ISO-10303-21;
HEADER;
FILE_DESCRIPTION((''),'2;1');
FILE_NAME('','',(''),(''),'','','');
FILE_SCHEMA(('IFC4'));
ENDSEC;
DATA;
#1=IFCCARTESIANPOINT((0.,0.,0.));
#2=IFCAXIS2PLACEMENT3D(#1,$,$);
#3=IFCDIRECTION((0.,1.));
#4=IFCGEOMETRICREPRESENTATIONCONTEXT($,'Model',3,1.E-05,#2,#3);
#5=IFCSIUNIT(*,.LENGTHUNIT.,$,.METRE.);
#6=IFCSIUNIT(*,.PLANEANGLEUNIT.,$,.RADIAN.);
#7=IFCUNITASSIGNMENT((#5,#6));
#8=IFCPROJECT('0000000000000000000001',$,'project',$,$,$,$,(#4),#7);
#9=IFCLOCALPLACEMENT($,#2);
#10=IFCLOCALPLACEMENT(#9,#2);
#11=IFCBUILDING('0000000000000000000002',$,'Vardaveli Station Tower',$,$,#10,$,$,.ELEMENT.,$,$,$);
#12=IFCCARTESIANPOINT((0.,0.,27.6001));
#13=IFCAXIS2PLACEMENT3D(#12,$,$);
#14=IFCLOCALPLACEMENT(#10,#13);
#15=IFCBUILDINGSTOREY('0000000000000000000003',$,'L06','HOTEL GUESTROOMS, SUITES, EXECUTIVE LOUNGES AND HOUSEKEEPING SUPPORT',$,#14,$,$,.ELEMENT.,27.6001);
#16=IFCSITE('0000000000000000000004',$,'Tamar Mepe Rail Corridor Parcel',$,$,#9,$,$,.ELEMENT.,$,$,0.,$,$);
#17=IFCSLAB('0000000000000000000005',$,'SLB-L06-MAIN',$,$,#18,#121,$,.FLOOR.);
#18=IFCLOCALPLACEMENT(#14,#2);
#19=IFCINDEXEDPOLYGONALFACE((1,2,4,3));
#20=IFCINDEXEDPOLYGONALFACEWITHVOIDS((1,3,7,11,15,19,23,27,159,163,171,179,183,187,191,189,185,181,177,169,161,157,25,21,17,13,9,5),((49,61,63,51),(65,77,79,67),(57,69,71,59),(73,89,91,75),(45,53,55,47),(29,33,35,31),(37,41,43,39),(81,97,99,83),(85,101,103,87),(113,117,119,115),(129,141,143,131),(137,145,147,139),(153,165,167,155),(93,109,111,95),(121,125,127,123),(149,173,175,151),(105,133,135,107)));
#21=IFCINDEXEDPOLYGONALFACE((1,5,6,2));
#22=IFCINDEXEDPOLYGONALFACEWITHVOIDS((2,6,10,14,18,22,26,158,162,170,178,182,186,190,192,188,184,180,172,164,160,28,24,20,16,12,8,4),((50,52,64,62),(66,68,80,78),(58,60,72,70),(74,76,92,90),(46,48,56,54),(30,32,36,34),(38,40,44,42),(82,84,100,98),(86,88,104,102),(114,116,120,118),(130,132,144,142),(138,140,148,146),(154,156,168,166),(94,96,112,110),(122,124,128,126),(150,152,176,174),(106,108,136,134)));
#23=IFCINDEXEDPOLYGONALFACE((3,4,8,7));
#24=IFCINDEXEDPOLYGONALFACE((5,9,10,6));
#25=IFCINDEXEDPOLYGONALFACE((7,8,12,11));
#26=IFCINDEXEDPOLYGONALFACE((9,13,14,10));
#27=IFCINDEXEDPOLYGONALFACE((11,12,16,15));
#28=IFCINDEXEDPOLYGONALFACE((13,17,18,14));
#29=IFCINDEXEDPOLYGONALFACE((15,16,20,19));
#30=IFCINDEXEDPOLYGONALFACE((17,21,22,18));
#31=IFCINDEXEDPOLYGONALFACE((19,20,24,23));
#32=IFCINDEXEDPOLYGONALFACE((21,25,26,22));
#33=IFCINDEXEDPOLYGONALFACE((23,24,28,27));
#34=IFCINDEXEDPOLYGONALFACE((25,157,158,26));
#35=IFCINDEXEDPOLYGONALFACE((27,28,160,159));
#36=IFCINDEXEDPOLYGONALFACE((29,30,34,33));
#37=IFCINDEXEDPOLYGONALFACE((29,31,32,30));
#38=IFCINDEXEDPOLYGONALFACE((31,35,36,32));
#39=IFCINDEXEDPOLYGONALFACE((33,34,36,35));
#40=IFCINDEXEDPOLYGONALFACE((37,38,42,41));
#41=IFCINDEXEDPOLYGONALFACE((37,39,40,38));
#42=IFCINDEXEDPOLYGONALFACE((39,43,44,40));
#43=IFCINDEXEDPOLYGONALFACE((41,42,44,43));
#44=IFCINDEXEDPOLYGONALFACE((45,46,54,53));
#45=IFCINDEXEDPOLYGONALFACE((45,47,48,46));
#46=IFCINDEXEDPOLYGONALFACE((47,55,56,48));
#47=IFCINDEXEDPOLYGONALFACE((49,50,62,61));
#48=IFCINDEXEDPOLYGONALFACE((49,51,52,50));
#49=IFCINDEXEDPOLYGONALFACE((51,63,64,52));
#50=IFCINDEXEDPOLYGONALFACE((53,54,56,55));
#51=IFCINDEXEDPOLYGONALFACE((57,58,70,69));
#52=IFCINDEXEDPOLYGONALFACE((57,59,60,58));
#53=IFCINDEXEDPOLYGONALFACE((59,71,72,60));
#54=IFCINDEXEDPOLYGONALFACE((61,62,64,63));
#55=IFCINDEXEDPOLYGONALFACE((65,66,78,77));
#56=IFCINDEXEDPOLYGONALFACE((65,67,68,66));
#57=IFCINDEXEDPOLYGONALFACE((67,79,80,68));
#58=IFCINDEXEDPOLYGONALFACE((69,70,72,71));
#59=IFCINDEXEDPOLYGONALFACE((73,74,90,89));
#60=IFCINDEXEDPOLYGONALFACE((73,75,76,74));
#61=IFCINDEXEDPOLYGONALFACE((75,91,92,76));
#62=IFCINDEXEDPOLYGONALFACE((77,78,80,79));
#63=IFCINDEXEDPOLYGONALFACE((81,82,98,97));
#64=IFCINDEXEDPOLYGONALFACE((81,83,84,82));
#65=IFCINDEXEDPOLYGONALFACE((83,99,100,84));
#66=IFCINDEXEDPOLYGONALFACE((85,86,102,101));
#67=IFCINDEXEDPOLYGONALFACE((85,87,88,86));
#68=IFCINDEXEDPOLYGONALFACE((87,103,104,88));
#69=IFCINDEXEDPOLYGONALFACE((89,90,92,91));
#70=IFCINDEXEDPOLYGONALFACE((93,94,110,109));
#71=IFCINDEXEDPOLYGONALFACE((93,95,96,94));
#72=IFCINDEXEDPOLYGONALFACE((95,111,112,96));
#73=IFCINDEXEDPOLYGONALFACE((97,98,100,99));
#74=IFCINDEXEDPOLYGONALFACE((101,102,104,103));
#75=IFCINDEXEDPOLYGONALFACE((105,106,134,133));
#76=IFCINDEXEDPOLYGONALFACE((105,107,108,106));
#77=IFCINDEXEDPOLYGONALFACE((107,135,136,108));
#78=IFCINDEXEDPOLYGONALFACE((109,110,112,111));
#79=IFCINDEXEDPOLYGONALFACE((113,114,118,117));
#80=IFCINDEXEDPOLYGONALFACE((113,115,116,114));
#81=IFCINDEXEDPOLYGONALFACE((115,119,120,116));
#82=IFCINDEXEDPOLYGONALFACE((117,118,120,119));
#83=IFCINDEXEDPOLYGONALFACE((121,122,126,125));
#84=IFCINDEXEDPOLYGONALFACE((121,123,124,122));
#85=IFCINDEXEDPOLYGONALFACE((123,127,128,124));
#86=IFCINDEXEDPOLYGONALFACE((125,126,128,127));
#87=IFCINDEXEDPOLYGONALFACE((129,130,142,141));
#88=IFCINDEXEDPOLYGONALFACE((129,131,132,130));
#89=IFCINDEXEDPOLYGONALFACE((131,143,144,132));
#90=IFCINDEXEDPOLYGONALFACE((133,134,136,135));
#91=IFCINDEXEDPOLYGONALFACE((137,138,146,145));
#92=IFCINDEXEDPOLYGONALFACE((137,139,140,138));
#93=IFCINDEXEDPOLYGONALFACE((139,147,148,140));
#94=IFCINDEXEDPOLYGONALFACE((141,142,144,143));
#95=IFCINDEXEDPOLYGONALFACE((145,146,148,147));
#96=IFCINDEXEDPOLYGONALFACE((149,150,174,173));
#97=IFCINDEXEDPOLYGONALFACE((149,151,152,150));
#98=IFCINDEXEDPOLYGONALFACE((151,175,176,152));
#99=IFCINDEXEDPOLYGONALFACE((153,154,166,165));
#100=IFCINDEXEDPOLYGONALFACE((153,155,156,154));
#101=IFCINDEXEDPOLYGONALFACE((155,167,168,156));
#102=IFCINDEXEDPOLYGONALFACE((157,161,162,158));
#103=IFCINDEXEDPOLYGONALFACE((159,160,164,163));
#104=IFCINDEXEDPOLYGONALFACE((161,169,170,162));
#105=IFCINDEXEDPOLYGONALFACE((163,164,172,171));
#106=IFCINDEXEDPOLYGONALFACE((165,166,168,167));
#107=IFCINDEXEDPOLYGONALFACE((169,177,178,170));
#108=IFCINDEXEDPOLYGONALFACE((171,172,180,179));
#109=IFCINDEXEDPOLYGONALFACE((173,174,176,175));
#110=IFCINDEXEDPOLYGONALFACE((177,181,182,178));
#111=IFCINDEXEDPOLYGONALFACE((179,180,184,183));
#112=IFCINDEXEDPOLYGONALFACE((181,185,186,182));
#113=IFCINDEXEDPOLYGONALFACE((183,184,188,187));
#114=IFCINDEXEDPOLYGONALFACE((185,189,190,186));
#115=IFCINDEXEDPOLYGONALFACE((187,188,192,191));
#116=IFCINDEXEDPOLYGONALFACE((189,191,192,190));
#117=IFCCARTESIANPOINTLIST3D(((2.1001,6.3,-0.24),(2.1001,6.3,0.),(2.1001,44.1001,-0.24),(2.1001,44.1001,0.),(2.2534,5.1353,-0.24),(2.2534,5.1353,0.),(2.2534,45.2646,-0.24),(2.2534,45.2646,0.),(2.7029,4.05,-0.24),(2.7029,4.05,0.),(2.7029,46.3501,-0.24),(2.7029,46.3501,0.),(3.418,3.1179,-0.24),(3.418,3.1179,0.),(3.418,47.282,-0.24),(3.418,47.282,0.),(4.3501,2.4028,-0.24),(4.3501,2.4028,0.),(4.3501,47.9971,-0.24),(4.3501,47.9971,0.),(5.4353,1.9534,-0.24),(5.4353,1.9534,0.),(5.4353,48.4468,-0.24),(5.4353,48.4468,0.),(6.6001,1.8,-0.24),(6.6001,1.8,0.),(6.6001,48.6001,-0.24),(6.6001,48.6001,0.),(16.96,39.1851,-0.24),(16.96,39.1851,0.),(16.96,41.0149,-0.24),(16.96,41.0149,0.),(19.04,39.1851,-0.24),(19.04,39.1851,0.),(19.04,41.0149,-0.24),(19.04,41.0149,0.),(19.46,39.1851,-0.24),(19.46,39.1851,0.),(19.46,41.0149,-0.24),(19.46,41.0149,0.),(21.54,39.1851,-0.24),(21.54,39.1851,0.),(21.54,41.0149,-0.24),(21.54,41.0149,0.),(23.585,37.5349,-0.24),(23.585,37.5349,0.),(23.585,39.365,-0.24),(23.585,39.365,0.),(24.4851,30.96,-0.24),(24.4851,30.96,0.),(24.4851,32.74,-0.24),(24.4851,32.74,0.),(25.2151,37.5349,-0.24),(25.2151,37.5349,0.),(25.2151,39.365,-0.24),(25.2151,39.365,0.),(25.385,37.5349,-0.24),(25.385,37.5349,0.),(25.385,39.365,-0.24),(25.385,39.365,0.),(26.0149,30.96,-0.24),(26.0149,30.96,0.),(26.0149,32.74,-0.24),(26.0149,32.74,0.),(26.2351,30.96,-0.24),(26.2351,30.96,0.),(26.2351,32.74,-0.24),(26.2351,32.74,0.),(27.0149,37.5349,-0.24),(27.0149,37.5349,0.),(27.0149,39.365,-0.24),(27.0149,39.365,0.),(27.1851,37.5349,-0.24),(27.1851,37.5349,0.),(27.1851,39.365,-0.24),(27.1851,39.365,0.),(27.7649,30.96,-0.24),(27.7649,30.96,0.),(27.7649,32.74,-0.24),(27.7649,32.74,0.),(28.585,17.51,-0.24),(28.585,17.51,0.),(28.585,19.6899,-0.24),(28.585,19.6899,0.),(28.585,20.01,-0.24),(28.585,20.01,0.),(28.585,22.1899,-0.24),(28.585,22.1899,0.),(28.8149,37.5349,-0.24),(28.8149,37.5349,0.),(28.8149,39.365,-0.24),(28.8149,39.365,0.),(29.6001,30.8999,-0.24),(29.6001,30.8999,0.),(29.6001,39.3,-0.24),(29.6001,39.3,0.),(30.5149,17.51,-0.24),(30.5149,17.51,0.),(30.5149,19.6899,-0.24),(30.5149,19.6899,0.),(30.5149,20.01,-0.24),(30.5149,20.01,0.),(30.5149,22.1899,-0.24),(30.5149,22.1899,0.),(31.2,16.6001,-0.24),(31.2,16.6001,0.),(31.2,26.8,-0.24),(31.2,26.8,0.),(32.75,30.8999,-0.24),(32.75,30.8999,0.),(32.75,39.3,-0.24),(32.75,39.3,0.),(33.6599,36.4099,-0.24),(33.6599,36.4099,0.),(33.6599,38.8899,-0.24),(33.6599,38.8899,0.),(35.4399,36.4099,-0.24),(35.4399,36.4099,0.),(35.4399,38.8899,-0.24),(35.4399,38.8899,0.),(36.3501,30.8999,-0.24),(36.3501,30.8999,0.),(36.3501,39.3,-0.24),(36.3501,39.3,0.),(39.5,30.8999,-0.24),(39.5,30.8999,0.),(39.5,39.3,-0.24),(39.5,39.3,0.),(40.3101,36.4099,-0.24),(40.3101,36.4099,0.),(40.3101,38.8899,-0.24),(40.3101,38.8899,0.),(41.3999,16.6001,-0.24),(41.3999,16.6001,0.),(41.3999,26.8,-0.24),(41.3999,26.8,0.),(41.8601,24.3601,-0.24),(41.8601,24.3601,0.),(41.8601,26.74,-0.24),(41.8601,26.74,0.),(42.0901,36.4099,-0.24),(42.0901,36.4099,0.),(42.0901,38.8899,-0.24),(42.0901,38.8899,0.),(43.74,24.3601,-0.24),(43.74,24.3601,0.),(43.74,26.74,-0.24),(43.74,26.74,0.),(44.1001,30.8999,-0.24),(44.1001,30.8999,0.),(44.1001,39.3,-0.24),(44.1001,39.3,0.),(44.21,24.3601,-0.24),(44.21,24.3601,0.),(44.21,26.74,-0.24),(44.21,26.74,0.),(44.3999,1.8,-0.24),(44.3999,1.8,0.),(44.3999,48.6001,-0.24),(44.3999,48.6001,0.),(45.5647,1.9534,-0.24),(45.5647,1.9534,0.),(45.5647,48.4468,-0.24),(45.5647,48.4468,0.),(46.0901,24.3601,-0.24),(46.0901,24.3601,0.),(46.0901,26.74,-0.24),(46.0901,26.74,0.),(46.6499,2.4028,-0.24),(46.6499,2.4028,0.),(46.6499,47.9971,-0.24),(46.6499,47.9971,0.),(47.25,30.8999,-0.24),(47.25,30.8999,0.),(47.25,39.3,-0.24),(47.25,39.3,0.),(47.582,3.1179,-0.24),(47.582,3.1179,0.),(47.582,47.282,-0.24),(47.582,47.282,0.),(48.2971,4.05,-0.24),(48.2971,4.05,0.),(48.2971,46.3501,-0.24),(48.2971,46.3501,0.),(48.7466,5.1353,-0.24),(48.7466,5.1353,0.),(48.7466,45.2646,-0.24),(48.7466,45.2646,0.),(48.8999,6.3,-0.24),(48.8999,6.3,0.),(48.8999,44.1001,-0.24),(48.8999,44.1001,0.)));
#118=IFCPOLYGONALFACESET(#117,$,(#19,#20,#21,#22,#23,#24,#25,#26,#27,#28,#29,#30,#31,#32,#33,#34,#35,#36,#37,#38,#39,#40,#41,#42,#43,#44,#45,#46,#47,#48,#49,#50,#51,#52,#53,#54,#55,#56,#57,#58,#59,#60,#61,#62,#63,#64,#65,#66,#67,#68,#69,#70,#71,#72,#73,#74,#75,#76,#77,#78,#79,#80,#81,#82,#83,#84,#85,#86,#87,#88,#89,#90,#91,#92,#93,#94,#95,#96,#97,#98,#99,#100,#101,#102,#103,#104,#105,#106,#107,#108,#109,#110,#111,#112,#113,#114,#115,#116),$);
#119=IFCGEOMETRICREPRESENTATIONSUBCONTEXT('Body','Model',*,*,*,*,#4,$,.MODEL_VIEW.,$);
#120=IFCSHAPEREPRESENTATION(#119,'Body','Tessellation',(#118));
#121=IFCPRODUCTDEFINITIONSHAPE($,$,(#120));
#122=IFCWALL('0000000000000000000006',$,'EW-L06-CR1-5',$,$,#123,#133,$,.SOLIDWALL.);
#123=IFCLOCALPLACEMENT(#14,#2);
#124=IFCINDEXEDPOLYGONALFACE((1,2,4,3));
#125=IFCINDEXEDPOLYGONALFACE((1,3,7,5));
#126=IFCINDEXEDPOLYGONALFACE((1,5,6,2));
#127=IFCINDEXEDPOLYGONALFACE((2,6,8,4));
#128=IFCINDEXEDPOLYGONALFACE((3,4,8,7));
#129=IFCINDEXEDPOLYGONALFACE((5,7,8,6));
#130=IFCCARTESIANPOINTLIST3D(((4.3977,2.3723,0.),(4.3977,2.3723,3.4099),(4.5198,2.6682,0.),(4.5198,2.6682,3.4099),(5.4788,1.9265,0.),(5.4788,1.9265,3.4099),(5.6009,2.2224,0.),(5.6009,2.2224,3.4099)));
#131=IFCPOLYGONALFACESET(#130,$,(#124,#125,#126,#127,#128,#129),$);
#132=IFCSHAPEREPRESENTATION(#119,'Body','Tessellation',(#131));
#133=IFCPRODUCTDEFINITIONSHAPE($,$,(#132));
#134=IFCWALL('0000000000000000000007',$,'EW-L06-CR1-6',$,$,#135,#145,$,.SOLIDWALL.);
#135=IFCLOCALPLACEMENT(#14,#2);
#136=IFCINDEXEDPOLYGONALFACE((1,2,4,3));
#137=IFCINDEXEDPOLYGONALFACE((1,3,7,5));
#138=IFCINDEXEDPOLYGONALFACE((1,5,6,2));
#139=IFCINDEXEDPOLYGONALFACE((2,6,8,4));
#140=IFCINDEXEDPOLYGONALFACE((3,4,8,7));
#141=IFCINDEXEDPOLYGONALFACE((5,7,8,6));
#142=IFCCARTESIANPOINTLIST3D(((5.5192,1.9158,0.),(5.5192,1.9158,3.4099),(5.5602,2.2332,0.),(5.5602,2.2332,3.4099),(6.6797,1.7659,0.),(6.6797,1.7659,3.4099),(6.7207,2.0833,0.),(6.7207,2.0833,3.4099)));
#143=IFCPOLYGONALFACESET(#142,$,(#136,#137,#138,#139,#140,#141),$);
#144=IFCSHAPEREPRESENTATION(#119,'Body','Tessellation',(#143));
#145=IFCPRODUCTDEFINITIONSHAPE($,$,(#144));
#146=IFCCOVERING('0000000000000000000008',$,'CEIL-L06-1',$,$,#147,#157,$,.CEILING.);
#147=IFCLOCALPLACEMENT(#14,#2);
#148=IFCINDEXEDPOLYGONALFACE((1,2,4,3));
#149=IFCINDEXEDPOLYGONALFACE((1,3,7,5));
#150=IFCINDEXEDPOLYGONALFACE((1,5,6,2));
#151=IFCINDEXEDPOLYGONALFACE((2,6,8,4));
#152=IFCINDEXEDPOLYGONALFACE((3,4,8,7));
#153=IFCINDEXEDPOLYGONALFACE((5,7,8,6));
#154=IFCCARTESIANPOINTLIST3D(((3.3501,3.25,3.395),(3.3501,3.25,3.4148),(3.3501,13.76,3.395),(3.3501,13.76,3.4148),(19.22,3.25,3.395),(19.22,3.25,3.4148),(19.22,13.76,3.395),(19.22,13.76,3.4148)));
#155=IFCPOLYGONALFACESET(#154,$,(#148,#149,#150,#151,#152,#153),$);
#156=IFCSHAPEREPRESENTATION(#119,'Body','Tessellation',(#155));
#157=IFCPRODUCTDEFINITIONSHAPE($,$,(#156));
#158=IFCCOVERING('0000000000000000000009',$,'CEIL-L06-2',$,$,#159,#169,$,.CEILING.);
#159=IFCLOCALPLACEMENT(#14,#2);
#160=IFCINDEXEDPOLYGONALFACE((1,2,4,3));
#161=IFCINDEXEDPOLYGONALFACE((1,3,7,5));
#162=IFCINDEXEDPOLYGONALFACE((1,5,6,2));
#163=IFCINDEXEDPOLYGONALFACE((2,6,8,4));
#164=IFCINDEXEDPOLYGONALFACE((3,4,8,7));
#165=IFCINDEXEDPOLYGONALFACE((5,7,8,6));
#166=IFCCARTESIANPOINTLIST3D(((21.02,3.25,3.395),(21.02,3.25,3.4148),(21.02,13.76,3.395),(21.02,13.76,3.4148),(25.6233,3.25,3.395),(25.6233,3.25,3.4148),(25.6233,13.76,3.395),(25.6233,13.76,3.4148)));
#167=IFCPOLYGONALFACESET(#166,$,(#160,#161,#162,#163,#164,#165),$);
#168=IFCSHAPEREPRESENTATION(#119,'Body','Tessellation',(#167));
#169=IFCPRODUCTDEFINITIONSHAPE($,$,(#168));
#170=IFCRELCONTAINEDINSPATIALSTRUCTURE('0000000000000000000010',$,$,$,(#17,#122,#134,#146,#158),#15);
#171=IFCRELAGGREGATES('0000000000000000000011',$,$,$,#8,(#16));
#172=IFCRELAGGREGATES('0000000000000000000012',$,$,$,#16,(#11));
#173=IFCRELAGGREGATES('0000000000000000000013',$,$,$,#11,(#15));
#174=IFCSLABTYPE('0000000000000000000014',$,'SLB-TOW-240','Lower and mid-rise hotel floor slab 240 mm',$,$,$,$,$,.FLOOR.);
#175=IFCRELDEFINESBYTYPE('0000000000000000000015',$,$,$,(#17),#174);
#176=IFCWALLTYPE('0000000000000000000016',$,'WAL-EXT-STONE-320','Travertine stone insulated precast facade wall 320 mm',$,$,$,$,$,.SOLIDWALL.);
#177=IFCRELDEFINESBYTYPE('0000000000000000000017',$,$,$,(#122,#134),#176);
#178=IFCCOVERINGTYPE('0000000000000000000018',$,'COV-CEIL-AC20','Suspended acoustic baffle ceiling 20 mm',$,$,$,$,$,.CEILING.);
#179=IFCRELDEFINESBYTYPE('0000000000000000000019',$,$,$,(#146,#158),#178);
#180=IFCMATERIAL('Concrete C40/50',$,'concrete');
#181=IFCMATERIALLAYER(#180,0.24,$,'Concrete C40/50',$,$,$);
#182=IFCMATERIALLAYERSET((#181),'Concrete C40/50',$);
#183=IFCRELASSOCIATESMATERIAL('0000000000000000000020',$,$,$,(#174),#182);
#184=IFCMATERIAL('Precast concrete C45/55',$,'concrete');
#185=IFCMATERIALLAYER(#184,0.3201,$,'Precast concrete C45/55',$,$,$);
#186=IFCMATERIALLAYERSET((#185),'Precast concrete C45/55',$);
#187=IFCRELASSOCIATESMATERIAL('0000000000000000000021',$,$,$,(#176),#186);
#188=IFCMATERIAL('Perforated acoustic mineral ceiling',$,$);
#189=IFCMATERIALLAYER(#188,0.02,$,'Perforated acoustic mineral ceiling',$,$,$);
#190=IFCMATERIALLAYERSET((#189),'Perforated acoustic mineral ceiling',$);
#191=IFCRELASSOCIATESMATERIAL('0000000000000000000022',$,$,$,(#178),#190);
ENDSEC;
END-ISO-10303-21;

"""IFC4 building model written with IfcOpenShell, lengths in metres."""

from ifc_helpers import new_model, si_unit, direction, frame, frame_2d, origin, place, context, subcontext, project, spatial, polyline, rectangle, outline, extrude, source, transform, mapped, material, layer, layer_set, type_object, element, save


model = new_model("IFC4")

# Units and contexts
model_context = context("Model", 3, precision=1e-05, world=origin(), true_north=direction((0.0, 1.0)))
body_context = subcontext(model_context, "Body", "Model", "MODEL_VIEW")
ifc_project = project(units=[si_unit("LENGTHUNIT", "METRE"), si_unit("PLANEANGLEUNIT", "RADIAN")], contexts=[model_context])

# Site, building, storey
site_placement = place(None, origin())
site = spatial("IfcSite", under=ifc_project, at=site_placement, Name="Tamar Mepe Rail Corridor Parcel", CompositionType="ELEMENT", RefElevation=0.0)
building_placement = place(site_placement, origin())
building = spatial("IfcBuilding", under=site, at=building_placement, Name="Vardaveli Station Tower", CompositionType="ELEMENT")
storey_placement = place(building_placement, frame((0.0, 0.0, 27.6001)))
storey = spatial("IfcBuildingStorey", under=building, at=storey_placement, Name="L06", Description="HOTEL GUESTROOMS, SUITES, EXECUTIVE LOUNGES AND HOUSEKEEPING SUPPORT", CompositionType="ELEMENT", Elevation=27.6001)

# Shared definitions
ifc_material_1 = material(Name="Concrete C40/50", Category="concrete")

# Shared definitions
ifc_material_2 = material(Name="Precast concrete C45/55", Category="concrete")

# Slab
ifc_layer_1 = layer(ifc_material_1, 0.24, Name="Concrete C40/50")
ifc_layer_set_1 = layer_set([ifc_layer_1], Name="Concrete C40/50")
slab_type_1 = type_object("IfcSlabType", Name="SLB-TOW-240", Description="Lower and mid-rise hotel floor slab 240 mm", PredefinedType="FLOOR", material=ifc_layer_set_1)
slab_1_placement = place(storey_placement, frame((0.0, 0.0, -0.24)))
element("IfcSlab", 1, at=slab_1_placement, inside=storey, type_object=slab_type_1, Name="SLB-L06-MAIN", PredefinedType="FLOOR", context=body_context, shape_type="SweptSolid", body=[
    extrude(outline(polyline([(2.1001, 6.3), (2.2534, 5.1353), (2.7029, 4.05), (3.418, 3.1179), (4.3501, 2.4028), (5.4353, 1.9534), (6.6001, 1.8), (44.3999, 1.8), (45.5647, 1.9534), (46.6499, 2.4028), (47.582, 3.1179), (48.2971, 4.05), (48.7466, 5.1353), (48.8999, 6.3), (48.8999, 44.1001), (48.7466, 45.2646), (48.2971, 46.3501), (47.582, 47.282), (46.6499, 47.9971), (45.5647, 48.4468), (44.3999, 48.6001), (6.6001, 48.6001), (5.4353, 48.4468), (4.3501, 47.9971), (3.418, 47.282), (2.7029, 46.3501), (2.2534, 45.2646), (2.1001, 44.1001), (2.1001, 6.3)]), holes=[polyline([(31.2, 16.6001), (41.3999, 16.6001), (41.3999, 26.8), (31.2, 26.8), (31.2, 16.6001)]), polyline([(32.75, 30.8999), (32.75, 39.3), (29.6001, 39.3), (29.6001, 30.8999), (32.75, 30.8999)]), polyline([(39.5, 30.8999), (39.5, 39.3), (36.3501, 39.3), (36.3501, 30.8999), (39.5, 30.8999)]), polyline([(47.25, 30.8999), (47.25, 39.3), (44.1001, 39.3), (44.1001, 30.8999), (47.25, 30.8999)]), polyline([(16.96, 39.1851), (19.04, 39.1851), (19.04, 41.0149), (16.96, 41.0149), (16.96, 39.1851)]), polyline([(19.46, 39.1851), (21.54, 39.1851), (21.54, 41.0149), (19.46, 41.0149), (19.46, 39.1851)]), polyline([(23.585, 37.5349), (25.2151, 37.5349), (25.2151, 39.365), (23.585, 39.365), (23.585, 37.5349)]), polyline([(25.385, 37.5349), (27.0149, 37.5349), (27.0149, 39.365), (25.385, 39.365), (25.385, 37.5349)]), polyline([(27.1851, 37.5349), (28.8149, 37.5349), (28.8149, 39.365), (27.1851, 39.365), (27.1851, 37.5349)]), polyline([(33.6599, 36.4099), (35.4399, 36.4099), (35.4399, 38.8899), (33.6599, 38.8899), (33.6599, 36.4099)]), polyline([(40.3101, 36.4099), (42.0901, 36.4099), (42.0901, 38.8899), (40.3101, 38.8899), (40.3101, 36.4099)]), polyline([(24.4851, 30.96), (26.0149, 30.96), (26.0149, 32.74), (24.4851, 32.74), (24.4851, 30.96)]), polyline([(26.2351, 30.96), (27.7649, 30.96), (27.7649, 32.74), (26.2351, 32.74), (26.2351, 30.96)]), polyline([(28.585, 17.51), (30.5149, 17.51), (30.5149, 19.6899), (28.585, 19.6899), (28.585, 17.51)]), polyline([(28.585, 20.01), (30.5149, 20.01), (30.5149, 22.1899), (28.585, 22.1899), (28.585, 20.01)]), polyline([(41.8601, 24.3601), (43.74, 24.3601), (43.74, 26.74), (41.8601, 26.74), (41.8601, 24.3601)]), polyline([(44.21, 24.3601), (46.0901, 24.3601), (46.0901, 26.74), (44.21, 26.74), (44.21, 24.3601)])]), origin(), (0.0, 0.0, 1.0), 0.24),
])

# Walls
ifc_layer_2 = layer(ifc_material_2, 0.3201, Name="Precast concrete C45/55")
ifc_layer_set_2 = layer_set([ifc_layer_2], Name="Precast concrete C45/55")
wall_type = type_object("IfcWallType", Name="WAL-EXT-STONE-320", Description="Travertine stone insulated precast facade wall 320 mm", PredefinedType="SOLIDWALL", material=ifc_layer_set_2)
shared_shape_1 = source(origin(), body_context, "Body", "SweptSolid", [
    extrude(rectangle(XDim=1.1694, YDim=0.3201, at=frame_2d((0.5847, 0.0))), origin(), (0.0, 0.0, 1.0), 3.4099),
])
wall_1_placement = place(storey_placement, frame((4.4587, 2.5203, 0.0), z_axis=(0.0, 0.0, 1.0), x_axis=(0.924479, -0.381233, 0.0)))
element("IfcWall", 2, at=wall_1_placement, inside=storey, type_object=wall_type, Name="EW-L06-CR1-5", PredefinedType="SOLIDWALL", context=body_context, shape_type="MappedRepresentation", body=[
    mapped(shared_shape_1, transform((0.0, 0.0, 0.0), scale=1.0)),
])
shared_shape_2 = source(origin(), body_context, "Body", "SweptSolid", [
    extrude(rectangle(XDim=1.1702, YDim=0.3201, at=frame_2d((0.585, 0.0))), origin(), (0.0, 0.0, 1.0), 3.4099),
])
wall_2_placement = place(storey_placement, frame((5.5398, 2.0745, 0.0), z_axis=(0.0, 0.0, 1.0), x_axis=(0.991762, -0.12809, 0.0)))
element("IfcWall", 3, at=wall_2_placement, inside=storey, type_object=wall_type, Name="EW-L06-CR1-6", PredefinedType="SOLIDWALL", context=body_context, shape_type="MappedRepresentation", body=[
    mapped(shared_shape_2, transform((0.0, 0.0, 0.0), scale=1.0)),
])

# Coverings
ifc_material_3 = material(Name="Perforated acoustic mineral ceiling")
ifc_layer_3 = layer(ifc_material_3, 0.02, Name="Perforated acoustic mineral ceiling")
ifc_layer_set_3 = layer_set([ifc_layer_3], Name="Perforated acoustic mineral ceiling")
covering_type_1 = type_object("IfcCoveringType", Name="COV-CEIL-AC20", Description="Suspended acoustic baffle ceiling 20 mm", PredefinedType="CEILING", material=ifc_layer_set_3)
covering_1_placement = place(storey_placement, frame((0.0, 0.0, 3.395)))
element("IfcCovering", 4, at=covering_1_placement, inside=storey, type_object=covering_type_1, Name="CEIL-L06-1", PredefinedType="CEILING", context=body_context, shape_type="SweptSolid", body=[
    extrude(outline(polyline([(3.3501, 3.25), (19.22, 3.25), (19.22, 13.76), (3.3501, 13.76), (3.3501, 3.25)])), origin(), (0.0, 0.0, 1.0), 0.0198),
])
covering_2_placement = place(storey_placement, frame((0.0, 0.0, 3.395)))
element("IfcCovering", 5, at=covering_2_placement, inside=storey, type_object=covering_type_1, Name="CEIL-L06-2", PredefinedType="CEILING", context=body_context, shape_type="SweptSolid", body=[
    extrude(outline(polyline([(21.02, 3.25), (25.6233, 3.25), (25.6233, 13.76), (21.02, 13.76), (21.02, 3.25)])), origin(), (0.0, 0.0, 1.0), 0.0198),
])

save(model, "model.ifc")
